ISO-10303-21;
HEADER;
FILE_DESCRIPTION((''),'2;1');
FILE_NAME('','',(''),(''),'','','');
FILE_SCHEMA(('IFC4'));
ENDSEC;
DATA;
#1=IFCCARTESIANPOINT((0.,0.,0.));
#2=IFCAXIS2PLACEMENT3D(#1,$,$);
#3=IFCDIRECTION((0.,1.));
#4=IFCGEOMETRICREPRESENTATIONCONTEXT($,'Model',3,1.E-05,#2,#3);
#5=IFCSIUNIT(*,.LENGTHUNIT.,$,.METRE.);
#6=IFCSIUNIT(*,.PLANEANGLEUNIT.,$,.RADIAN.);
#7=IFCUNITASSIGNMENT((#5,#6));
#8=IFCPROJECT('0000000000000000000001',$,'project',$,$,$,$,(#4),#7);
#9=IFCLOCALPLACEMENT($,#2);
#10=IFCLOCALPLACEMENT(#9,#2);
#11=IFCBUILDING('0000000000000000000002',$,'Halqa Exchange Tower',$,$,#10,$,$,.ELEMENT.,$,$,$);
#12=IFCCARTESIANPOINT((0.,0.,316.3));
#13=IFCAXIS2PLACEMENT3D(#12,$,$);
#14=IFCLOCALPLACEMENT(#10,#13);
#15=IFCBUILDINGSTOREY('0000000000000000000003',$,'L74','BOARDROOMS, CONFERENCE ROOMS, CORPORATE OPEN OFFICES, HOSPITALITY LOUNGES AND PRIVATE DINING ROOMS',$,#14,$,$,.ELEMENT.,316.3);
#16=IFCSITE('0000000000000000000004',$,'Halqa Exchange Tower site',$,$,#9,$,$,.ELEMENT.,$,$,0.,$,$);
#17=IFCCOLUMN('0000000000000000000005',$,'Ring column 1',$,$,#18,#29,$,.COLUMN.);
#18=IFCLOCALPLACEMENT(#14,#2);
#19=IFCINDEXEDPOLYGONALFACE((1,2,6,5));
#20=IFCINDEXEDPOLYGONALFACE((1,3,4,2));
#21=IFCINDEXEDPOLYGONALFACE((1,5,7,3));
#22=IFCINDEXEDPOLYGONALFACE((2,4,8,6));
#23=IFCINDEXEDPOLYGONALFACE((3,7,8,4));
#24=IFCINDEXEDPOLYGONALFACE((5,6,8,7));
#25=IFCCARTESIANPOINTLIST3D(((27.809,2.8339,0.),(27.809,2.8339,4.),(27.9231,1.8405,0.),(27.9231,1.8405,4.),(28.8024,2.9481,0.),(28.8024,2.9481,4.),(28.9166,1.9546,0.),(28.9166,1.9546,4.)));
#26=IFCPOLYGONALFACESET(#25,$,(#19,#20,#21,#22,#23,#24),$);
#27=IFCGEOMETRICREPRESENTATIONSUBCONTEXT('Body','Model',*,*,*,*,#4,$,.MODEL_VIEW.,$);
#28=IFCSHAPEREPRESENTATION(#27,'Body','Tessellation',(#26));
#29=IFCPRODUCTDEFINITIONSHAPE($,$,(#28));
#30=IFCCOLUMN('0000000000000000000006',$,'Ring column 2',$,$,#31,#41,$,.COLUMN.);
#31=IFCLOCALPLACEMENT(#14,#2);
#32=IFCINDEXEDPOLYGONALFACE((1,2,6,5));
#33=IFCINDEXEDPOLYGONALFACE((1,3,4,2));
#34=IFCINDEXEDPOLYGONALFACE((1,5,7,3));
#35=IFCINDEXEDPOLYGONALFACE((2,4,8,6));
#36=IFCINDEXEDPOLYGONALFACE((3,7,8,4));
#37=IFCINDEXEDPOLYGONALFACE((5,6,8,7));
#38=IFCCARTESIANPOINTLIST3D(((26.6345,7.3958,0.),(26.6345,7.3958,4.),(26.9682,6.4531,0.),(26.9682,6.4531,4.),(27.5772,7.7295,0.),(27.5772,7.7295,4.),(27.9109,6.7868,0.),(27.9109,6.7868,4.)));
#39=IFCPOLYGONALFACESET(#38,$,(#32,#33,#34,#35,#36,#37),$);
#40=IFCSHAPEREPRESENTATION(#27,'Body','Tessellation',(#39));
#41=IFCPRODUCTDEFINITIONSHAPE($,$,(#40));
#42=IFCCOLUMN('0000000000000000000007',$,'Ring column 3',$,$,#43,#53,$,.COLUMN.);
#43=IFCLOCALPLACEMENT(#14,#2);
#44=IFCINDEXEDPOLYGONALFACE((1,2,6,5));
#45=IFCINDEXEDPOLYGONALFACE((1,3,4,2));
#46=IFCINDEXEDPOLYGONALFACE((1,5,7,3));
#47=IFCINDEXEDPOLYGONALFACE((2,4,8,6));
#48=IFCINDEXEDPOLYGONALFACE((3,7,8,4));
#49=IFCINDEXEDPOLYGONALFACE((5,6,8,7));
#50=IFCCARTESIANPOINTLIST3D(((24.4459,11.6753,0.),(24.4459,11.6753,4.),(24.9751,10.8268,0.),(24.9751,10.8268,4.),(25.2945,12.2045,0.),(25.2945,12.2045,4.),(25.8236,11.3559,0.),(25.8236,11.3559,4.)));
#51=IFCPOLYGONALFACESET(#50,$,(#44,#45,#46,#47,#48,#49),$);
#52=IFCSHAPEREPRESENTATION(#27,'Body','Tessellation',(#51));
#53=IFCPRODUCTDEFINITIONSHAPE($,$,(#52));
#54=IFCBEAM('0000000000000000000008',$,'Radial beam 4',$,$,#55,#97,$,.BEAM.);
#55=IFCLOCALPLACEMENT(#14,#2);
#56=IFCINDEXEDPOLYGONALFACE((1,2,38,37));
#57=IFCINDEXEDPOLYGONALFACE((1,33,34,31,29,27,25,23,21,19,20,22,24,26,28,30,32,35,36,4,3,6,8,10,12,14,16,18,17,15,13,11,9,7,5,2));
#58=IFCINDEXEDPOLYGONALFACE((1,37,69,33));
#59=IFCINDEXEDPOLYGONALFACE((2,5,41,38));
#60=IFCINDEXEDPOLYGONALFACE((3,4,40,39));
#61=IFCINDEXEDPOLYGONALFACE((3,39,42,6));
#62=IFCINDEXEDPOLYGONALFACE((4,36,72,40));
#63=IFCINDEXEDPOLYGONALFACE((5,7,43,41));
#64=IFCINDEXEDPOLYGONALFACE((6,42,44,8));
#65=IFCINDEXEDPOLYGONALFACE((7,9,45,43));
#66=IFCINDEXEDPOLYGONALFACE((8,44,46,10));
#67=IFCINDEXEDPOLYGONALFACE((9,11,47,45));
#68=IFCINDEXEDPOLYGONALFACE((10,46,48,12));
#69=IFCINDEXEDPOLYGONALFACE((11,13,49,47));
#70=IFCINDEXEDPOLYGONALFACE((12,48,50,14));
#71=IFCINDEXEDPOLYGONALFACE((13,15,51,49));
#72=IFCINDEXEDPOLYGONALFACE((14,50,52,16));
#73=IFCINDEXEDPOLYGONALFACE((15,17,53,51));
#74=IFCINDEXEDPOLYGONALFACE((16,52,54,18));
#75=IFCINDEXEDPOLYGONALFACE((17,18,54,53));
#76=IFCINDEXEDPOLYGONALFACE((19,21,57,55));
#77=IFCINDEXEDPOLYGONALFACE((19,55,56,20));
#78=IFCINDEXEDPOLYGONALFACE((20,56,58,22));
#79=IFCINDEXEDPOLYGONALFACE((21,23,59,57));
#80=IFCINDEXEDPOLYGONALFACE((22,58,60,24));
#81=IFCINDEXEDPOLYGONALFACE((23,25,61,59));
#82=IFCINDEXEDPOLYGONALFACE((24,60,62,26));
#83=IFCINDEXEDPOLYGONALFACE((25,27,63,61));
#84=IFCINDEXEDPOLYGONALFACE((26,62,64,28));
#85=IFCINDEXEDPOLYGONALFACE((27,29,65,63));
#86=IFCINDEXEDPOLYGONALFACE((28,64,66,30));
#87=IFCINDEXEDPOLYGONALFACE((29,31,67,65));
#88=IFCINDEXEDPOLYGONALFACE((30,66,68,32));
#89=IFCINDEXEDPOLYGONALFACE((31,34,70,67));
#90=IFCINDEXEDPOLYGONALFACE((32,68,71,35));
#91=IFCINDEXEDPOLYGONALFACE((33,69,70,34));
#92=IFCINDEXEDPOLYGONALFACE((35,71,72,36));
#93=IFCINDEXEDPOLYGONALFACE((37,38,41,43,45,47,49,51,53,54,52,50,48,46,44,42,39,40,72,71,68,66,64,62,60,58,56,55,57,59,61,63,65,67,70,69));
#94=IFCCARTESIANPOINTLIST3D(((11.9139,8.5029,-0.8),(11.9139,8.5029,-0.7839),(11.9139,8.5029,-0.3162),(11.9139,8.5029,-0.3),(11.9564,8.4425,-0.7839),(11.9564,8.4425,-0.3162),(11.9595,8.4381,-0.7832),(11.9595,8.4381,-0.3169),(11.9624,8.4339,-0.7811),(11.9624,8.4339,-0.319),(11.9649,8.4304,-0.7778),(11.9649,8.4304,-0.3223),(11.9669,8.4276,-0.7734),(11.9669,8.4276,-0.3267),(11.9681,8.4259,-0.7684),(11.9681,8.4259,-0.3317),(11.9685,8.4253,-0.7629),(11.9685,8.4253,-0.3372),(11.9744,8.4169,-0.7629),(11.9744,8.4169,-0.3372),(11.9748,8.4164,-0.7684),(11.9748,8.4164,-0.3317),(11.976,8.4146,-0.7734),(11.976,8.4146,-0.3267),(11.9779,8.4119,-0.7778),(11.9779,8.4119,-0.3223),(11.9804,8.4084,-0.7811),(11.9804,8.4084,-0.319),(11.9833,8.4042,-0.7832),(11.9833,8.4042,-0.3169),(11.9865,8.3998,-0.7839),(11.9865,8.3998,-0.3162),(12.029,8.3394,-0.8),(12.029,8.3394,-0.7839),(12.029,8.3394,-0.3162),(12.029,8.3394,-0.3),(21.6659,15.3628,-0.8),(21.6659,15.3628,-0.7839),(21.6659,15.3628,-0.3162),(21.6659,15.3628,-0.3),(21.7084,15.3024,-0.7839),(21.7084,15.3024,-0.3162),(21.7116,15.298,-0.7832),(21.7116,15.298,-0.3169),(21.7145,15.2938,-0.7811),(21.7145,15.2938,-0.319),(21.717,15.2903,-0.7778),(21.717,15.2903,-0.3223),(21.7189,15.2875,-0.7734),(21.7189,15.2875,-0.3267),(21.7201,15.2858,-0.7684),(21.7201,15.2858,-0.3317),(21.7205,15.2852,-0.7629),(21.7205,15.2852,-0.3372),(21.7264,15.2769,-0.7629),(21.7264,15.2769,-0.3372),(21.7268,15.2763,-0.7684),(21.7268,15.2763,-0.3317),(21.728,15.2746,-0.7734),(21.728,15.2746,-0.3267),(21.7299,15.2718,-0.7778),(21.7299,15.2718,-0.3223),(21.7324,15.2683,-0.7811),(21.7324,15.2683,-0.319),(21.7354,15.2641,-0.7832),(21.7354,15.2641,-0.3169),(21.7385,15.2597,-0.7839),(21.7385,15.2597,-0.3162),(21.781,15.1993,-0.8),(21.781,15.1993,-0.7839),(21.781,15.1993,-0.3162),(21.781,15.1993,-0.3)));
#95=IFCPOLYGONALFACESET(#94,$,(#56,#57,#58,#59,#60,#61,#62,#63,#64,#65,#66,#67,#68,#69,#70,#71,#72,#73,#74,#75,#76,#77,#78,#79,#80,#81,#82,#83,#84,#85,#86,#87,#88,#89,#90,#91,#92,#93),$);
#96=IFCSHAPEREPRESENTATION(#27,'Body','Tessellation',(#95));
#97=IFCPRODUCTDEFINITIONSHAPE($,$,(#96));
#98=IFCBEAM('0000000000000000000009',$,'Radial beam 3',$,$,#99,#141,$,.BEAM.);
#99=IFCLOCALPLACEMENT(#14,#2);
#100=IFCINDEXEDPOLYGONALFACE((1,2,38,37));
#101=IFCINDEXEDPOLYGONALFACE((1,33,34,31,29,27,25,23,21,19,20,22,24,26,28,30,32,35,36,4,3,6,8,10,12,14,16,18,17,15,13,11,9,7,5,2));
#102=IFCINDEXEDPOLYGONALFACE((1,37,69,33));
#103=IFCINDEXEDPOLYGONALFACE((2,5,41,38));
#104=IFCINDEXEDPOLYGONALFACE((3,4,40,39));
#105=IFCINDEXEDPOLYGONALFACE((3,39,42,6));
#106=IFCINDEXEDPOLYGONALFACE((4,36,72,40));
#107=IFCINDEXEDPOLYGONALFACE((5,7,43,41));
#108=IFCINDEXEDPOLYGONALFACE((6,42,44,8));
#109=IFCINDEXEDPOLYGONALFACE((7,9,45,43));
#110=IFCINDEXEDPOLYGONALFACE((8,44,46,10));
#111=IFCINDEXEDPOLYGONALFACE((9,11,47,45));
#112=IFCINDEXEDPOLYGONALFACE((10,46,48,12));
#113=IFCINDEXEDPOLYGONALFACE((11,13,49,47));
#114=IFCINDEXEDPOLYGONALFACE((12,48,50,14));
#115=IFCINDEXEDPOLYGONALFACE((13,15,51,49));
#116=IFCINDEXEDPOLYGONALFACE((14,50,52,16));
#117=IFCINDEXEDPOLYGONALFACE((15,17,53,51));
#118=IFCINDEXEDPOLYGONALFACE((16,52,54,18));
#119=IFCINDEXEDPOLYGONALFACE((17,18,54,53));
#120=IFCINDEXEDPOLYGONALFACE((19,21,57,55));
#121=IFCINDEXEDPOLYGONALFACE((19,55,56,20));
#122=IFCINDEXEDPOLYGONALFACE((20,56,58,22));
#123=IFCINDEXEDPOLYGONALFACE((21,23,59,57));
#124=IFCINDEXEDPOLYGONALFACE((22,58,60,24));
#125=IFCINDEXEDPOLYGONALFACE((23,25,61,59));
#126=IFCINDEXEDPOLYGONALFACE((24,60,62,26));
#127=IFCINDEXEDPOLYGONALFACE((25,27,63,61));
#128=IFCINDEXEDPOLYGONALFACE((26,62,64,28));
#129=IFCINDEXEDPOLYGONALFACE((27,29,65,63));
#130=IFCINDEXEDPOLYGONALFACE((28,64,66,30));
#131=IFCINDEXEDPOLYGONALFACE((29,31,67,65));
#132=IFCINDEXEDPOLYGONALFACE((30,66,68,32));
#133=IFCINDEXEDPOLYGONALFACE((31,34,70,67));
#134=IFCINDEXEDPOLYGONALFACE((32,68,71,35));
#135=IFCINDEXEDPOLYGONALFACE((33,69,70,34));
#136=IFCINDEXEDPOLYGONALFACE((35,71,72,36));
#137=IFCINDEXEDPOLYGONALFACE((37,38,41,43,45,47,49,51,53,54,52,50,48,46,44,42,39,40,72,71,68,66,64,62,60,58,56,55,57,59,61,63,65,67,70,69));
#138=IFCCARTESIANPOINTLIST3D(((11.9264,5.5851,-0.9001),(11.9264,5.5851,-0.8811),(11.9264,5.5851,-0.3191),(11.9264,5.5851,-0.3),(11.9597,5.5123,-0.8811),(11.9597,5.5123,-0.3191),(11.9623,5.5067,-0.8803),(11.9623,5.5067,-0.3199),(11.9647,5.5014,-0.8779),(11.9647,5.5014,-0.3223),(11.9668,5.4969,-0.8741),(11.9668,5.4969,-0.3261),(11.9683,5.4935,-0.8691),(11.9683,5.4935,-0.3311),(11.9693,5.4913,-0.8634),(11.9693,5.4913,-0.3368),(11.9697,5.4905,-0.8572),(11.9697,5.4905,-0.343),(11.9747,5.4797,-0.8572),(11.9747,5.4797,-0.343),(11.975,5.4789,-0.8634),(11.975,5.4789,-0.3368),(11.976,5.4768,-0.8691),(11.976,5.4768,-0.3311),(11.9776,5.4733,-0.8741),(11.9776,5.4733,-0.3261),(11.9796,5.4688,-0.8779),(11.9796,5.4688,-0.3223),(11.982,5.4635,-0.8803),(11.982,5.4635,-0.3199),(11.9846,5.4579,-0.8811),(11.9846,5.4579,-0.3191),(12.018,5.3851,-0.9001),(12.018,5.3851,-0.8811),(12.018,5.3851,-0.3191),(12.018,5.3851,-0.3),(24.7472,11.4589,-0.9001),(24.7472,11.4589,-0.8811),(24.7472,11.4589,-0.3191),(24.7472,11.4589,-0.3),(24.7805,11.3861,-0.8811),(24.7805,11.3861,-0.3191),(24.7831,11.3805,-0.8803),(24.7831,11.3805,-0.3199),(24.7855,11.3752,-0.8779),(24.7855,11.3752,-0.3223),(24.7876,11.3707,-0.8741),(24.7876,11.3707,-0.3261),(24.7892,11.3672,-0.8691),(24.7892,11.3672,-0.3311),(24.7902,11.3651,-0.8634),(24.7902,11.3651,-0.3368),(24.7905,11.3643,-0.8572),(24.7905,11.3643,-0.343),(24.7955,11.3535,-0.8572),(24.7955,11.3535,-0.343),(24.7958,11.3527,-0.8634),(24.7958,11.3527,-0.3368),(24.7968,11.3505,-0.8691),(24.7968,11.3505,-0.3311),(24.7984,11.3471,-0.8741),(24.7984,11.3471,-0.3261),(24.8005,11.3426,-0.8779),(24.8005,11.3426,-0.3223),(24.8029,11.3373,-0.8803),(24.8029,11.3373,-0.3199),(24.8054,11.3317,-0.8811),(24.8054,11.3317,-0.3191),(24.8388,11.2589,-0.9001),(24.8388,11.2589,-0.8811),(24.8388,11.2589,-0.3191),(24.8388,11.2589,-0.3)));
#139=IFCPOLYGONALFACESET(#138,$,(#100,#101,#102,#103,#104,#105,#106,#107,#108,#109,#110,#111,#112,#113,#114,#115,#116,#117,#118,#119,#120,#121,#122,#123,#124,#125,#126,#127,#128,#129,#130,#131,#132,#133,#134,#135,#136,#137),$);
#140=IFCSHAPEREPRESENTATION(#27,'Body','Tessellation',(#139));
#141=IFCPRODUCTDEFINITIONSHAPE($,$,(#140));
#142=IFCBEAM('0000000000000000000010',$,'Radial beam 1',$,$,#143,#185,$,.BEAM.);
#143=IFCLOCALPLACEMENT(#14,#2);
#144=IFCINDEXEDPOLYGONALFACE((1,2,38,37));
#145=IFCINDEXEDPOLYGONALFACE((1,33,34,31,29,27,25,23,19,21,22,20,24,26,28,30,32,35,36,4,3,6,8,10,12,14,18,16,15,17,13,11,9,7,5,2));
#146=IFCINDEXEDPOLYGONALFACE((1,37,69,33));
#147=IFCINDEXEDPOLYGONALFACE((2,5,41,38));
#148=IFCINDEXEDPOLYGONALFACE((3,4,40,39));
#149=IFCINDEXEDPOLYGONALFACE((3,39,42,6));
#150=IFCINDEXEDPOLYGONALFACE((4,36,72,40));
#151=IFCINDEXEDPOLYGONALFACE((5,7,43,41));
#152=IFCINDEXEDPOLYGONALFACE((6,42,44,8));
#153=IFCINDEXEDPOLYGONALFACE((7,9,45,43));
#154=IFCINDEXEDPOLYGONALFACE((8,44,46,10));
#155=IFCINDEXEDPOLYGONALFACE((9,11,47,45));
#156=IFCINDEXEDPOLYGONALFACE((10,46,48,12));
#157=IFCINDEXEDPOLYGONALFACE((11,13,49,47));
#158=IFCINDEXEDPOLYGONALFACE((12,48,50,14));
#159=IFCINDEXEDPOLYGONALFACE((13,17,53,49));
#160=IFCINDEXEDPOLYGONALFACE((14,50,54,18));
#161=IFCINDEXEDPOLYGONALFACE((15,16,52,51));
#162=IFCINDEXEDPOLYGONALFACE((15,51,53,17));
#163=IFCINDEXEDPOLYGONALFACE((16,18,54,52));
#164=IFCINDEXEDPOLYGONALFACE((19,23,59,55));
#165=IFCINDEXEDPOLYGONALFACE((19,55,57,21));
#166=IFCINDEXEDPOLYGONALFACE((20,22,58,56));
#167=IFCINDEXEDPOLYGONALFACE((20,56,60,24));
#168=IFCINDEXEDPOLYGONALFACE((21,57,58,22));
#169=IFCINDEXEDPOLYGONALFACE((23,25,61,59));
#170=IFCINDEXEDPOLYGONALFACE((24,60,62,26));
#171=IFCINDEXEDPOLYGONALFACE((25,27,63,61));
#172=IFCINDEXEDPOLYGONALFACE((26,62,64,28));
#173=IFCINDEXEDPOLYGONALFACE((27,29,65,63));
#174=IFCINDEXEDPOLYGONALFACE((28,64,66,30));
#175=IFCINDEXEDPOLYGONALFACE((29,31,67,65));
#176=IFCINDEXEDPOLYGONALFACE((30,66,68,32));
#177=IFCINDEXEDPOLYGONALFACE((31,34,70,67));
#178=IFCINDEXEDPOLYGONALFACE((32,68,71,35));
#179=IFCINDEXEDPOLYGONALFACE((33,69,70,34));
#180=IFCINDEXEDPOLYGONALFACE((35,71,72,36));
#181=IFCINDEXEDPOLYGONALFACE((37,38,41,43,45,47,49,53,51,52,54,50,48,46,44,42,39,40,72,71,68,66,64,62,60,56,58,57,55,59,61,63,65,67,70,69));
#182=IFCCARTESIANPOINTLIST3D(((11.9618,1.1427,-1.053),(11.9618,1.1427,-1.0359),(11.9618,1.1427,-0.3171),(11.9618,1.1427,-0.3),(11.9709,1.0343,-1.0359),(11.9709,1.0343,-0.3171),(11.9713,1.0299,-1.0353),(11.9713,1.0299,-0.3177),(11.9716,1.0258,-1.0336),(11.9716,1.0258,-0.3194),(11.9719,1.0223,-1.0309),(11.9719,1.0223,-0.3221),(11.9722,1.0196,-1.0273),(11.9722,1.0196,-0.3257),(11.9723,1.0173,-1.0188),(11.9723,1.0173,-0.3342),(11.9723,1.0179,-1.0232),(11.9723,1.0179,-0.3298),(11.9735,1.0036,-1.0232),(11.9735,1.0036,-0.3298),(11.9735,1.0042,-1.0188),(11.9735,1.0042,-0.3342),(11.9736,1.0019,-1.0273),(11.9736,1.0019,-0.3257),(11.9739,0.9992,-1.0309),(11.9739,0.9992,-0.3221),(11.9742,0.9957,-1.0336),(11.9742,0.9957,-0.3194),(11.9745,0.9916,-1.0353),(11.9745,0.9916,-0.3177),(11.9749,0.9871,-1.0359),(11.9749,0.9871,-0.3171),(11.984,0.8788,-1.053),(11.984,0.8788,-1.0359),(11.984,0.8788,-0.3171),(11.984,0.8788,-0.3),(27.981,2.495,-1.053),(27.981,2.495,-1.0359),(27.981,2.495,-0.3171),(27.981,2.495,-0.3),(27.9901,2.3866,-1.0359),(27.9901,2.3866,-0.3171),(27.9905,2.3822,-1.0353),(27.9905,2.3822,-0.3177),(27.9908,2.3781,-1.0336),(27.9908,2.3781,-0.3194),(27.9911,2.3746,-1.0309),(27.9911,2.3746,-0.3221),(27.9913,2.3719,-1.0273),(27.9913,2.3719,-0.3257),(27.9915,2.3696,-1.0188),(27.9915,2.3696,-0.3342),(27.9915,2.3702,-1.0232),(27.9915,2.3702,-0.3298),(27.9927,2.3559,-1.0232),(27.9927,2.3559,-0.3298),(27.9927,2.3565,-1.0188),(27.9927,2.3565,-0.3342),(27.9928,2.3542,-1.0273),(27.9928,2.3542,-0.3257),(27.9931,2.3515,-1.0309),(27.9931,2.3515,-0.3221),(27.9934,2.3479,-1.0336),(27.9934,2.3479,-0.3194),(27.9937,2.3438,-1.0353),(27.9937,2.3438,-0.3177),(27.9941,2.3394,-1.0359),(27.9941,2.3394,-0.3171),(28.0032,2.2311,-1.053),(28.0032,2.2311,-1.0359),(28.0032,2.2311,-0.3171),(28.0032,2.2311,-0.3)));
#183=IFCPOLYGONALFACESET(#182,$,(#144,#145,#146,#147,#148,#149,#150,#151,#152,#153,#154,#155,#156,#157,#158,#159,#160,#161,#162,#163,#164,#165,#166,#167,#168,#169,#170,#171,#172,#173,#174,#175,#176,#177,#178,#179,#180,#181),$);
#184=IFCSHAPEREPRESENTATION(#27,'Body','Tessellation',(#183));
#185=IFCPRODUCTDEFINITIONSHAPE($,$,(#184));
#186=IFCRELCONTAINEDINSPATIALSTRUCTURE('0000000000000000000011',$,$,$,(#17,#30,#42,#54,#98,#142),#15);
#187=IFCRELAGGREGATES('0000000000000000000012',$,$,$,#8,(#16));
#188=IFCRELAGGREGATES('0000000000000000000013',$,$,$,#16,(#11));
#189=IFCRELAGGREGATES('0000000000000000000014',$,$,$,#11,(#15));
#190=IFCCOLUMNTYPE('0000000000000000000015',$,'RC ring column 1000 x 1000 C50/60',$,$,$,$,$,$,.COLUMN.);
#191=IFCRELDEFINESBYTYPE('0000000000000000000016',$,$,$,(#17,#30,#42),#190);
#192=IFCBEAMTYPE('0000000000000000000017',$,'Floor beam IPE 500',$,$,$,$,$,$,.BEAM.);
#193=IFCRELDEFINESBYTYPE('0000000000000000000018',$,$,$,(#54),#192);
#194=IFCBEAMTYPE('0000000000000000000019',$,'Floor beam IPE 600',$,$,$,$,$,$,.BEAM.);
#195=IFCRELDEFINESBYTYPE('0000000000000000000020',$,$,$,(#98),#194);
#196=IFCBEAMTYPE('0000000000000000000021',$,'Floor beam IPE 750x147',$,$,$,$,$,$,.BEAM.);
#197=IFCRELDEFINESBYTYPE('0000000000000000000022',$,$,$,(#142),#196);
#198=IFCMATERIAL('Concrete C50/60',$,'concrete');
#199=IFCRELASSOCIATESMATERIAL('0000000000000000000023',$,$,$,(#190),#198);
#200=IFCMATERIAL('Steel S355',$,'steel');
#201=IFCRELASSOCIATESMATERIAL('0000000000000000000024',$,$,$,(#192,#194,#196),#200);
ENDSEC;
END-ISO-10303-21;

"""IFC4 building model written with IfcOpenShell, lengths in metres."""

from ifc_helpers import new_model, si_unit, direction, frame, origin, origin_2d, place, context, subcontext, project, spatial, rectangle, i_section, extrude, material, material_profile, profile_set, type_object, element, save


model = new_model("IFC4")

# Units and contexts
model_context = context("Model", 3, precision=1e-05, world=origin(), true_north=direction((0.0, 1.0)))
body_context = subcontext(model_context, "Body", "Model", "MODEL_VIEW")
ifc_project = project(units=[si_unit("LENGTHUNIT", "METRE"), si_unit("PLANEANGLEUNIT", "RADIAN")], contexts=[model_context])

# Site, building, storey
site_placement = place(None, origin())
site = spatial("IfcSite", under=ifc_project, at=site_placement, Name="Halqa Exchange Tower site", CompositionType="ELEMENT", RefElevation=0.0)
building_placement = place(site_placement, origin())
building = spatial("IfcBuilding", under=site, at=building_placement, Name="Halqa Exchange Tower", CompositionType="ELEMENT")
storey_placement = place(building_placement, frame((0.0, 0.0, 316.3)))
storey = spatial("IfcBuildingStorey", under=building, at=storey_placement, Name="L74", Description="BOARDROOMS, CONFERENCE ROOMS, CORPORATE OPEN OFFICES, HOSPITALITY LOUNGES AND PRIVATE DINING ROOMS", CompositionType="ELEMENT", Elevation=316.3)

# Columns
ifc_material_1 = material(Name="Concrete C50/60", Category="concrete")
ifc_material_profile_1 = material_profile(ifc_material_1, rectangle(XDim=1.0, YDim=1.0, at=origin_2d()), Name="1000 x 1000")
ifc_profile_set_1 = profile_set([ifc_material_profile_1], Name="Concrete C50/60")
column_type = type_object("IfcColumnType", Name="RC ring column 1000 x 1000 C50/60", PredefinedType="COLUMN", material=ifc_profile_set_1)
for number, where, z_axis, x_axis, name in (
    (1, (28.3628, 2.3943, 0.0), (0.0, 0.0, 1.0), (-0.11416, 0.993462, 0.0), "Ring column 1"),
    (2, (27.2727, 7.0913, 0.0), (0.0, 0.0, 1.0), (-0.333624, 0.942706, 0.0), "Ring column 2"),
    (3, (25.1348, 11.5156, 0.0), (0.0, 0.0, 1.0), (-0.52914, 0.848534, 0.0), "Ring column 3"),
):
    element("IfcColumn", number, at=place(storey_placement, frame(where, z_axis=z_axis, x_axis=x_axis)), inside=storey, type_object=column_type, Name=name, PredefinedType="COLUMN", context=body_context, shape_type="SweptSolid", body=[
        extrude(rectangle(XDim=1.0, YDim=1.0, at=origin_2d()), origin(), (0.0, 0.0, 1.0), 4.0),
    ])

# Beams
ifc_material_2 = material(Name="Steel S355", Category="steel")
ifc_material_profile_2 = material_profile(ifc_material_2, i_section(OverallWidth=0.2, OverallDepth=0.5, WebThickness=0.0103, FlangeThickness=0.0161, FilletRadius=0.021, at=origin_2d()), Name="IPE 500")
ifc_profile_set_2 = profile_set([ifc_material_profile_2], Name="Steel S355")
beam_type_1 = type_object("IfcBeamType", Name="Floor beam IPE 500", PredefinedType="BEAM", material=ifc_profile_set_2)
beam_1_placement = place(storey_placement, frame((11.9714, 8.4211, -0.55), z_axis=(0.81791, 0.575346, 0.0), x_axis=(-0.575346, 0.81791, 0.0)))
element("IfcBeam", 4, at=beam_1_placement, inside=storey, type_object=beam_type_1, Name="Radial beam 4", PredefinedType="BEAM", context=body_context, shape_type="SweptSolid", body=[
    extrude(i_section(OverallWidth=0.2, OverallDepth=0.5, WebThickness=0.0103, FlangeThickness=0.0161, FilletRadius=0.021, at=origin_2d()), origin(), (0.0, 0.0, 1.0), 11.9231),
])
ifc_material_profile_3 = material_profile(ifc_material_2, i_section(OverallWidth=0.22, OverallDepth=0.6001, WebThickness=0.012, FlangeThickness=0.019, FilletRadius=0.0239, at=origin_2d()), Name="IPE 600")
ifc_profile_set_3 = profile_set([ifc_material_profile_3], Name="Steel S355")
beam_type_2 = type_object("IfcBeamType", Name="Floor beam IPE 600", PredefinedType="BEAM", material=ifc_profile_set_3)
beam_2_placement = place(storey_placement, frame((11.9722, 5.4851, -0.6001), z_axis=(0.90913, 0.416513, 0.0), x_axis=(-0.416513, 0.90913, 0.0)))
element("IfcBeam", 5, at=beam_2_placement, inside=storey, type_object=beam_type_2, Name="Radial beam 3", PredefinedType="BEAM", context=body_context, shape_type="SweptSolid", body=[
    extrude(i_section(OverallWidth=0.22, OverallDepth=0.6001, WebThickness=0.012, FlangeThickness=0.019, FilletRadius=0.0239, at=origin_2d()), origin(), (0.0, 0.0, 1.0), 14.1023),
])
ifc_material_profile_4 = material_profile(ifc_material_2, i_section(OverallWidth=0.2649, OverallDepth=0.7529, WebThickness=0.0132, FlangeThickness=0.0171, FilletRadius=0.0171, at=origin_2d()), Name="IPE 750x147")
ifc_profile_set_4 = profile_set([ifc_material_profile_4], Name="Steel S355")
beam_type_3 = type_object("IfcBeamType", Name="Floor beam IPE 750x147", PredefinedType="BEAM", material=ifc_profile_set_4)
beam_3_placement = place(storey_placement, frame((11.9729, 1.0107, -0.6765), z_axis=(0.996456, 0.084117, 0.0), x_axis=(-0.084117, 0.996456, 0.0)))
element("IfcBeam", 6, at=beam_3_placement, inside=storey, type_object=beam_type_3, Name="Radial beam 1", PredefinedType="BEAM", context=body_context, shape_type="SweptSolid", body=[
    extrude(i_section(OverallWidth=0.2649, OverallDepth=0.7529, WebThickness=0.0132, FlangeThickness=0.0171, FilletRadius=0.0171, at=origin_2d()), origin(), (0.0, 0.0, 1.0), 16.0762),
])

save(model, "model.ifc")
